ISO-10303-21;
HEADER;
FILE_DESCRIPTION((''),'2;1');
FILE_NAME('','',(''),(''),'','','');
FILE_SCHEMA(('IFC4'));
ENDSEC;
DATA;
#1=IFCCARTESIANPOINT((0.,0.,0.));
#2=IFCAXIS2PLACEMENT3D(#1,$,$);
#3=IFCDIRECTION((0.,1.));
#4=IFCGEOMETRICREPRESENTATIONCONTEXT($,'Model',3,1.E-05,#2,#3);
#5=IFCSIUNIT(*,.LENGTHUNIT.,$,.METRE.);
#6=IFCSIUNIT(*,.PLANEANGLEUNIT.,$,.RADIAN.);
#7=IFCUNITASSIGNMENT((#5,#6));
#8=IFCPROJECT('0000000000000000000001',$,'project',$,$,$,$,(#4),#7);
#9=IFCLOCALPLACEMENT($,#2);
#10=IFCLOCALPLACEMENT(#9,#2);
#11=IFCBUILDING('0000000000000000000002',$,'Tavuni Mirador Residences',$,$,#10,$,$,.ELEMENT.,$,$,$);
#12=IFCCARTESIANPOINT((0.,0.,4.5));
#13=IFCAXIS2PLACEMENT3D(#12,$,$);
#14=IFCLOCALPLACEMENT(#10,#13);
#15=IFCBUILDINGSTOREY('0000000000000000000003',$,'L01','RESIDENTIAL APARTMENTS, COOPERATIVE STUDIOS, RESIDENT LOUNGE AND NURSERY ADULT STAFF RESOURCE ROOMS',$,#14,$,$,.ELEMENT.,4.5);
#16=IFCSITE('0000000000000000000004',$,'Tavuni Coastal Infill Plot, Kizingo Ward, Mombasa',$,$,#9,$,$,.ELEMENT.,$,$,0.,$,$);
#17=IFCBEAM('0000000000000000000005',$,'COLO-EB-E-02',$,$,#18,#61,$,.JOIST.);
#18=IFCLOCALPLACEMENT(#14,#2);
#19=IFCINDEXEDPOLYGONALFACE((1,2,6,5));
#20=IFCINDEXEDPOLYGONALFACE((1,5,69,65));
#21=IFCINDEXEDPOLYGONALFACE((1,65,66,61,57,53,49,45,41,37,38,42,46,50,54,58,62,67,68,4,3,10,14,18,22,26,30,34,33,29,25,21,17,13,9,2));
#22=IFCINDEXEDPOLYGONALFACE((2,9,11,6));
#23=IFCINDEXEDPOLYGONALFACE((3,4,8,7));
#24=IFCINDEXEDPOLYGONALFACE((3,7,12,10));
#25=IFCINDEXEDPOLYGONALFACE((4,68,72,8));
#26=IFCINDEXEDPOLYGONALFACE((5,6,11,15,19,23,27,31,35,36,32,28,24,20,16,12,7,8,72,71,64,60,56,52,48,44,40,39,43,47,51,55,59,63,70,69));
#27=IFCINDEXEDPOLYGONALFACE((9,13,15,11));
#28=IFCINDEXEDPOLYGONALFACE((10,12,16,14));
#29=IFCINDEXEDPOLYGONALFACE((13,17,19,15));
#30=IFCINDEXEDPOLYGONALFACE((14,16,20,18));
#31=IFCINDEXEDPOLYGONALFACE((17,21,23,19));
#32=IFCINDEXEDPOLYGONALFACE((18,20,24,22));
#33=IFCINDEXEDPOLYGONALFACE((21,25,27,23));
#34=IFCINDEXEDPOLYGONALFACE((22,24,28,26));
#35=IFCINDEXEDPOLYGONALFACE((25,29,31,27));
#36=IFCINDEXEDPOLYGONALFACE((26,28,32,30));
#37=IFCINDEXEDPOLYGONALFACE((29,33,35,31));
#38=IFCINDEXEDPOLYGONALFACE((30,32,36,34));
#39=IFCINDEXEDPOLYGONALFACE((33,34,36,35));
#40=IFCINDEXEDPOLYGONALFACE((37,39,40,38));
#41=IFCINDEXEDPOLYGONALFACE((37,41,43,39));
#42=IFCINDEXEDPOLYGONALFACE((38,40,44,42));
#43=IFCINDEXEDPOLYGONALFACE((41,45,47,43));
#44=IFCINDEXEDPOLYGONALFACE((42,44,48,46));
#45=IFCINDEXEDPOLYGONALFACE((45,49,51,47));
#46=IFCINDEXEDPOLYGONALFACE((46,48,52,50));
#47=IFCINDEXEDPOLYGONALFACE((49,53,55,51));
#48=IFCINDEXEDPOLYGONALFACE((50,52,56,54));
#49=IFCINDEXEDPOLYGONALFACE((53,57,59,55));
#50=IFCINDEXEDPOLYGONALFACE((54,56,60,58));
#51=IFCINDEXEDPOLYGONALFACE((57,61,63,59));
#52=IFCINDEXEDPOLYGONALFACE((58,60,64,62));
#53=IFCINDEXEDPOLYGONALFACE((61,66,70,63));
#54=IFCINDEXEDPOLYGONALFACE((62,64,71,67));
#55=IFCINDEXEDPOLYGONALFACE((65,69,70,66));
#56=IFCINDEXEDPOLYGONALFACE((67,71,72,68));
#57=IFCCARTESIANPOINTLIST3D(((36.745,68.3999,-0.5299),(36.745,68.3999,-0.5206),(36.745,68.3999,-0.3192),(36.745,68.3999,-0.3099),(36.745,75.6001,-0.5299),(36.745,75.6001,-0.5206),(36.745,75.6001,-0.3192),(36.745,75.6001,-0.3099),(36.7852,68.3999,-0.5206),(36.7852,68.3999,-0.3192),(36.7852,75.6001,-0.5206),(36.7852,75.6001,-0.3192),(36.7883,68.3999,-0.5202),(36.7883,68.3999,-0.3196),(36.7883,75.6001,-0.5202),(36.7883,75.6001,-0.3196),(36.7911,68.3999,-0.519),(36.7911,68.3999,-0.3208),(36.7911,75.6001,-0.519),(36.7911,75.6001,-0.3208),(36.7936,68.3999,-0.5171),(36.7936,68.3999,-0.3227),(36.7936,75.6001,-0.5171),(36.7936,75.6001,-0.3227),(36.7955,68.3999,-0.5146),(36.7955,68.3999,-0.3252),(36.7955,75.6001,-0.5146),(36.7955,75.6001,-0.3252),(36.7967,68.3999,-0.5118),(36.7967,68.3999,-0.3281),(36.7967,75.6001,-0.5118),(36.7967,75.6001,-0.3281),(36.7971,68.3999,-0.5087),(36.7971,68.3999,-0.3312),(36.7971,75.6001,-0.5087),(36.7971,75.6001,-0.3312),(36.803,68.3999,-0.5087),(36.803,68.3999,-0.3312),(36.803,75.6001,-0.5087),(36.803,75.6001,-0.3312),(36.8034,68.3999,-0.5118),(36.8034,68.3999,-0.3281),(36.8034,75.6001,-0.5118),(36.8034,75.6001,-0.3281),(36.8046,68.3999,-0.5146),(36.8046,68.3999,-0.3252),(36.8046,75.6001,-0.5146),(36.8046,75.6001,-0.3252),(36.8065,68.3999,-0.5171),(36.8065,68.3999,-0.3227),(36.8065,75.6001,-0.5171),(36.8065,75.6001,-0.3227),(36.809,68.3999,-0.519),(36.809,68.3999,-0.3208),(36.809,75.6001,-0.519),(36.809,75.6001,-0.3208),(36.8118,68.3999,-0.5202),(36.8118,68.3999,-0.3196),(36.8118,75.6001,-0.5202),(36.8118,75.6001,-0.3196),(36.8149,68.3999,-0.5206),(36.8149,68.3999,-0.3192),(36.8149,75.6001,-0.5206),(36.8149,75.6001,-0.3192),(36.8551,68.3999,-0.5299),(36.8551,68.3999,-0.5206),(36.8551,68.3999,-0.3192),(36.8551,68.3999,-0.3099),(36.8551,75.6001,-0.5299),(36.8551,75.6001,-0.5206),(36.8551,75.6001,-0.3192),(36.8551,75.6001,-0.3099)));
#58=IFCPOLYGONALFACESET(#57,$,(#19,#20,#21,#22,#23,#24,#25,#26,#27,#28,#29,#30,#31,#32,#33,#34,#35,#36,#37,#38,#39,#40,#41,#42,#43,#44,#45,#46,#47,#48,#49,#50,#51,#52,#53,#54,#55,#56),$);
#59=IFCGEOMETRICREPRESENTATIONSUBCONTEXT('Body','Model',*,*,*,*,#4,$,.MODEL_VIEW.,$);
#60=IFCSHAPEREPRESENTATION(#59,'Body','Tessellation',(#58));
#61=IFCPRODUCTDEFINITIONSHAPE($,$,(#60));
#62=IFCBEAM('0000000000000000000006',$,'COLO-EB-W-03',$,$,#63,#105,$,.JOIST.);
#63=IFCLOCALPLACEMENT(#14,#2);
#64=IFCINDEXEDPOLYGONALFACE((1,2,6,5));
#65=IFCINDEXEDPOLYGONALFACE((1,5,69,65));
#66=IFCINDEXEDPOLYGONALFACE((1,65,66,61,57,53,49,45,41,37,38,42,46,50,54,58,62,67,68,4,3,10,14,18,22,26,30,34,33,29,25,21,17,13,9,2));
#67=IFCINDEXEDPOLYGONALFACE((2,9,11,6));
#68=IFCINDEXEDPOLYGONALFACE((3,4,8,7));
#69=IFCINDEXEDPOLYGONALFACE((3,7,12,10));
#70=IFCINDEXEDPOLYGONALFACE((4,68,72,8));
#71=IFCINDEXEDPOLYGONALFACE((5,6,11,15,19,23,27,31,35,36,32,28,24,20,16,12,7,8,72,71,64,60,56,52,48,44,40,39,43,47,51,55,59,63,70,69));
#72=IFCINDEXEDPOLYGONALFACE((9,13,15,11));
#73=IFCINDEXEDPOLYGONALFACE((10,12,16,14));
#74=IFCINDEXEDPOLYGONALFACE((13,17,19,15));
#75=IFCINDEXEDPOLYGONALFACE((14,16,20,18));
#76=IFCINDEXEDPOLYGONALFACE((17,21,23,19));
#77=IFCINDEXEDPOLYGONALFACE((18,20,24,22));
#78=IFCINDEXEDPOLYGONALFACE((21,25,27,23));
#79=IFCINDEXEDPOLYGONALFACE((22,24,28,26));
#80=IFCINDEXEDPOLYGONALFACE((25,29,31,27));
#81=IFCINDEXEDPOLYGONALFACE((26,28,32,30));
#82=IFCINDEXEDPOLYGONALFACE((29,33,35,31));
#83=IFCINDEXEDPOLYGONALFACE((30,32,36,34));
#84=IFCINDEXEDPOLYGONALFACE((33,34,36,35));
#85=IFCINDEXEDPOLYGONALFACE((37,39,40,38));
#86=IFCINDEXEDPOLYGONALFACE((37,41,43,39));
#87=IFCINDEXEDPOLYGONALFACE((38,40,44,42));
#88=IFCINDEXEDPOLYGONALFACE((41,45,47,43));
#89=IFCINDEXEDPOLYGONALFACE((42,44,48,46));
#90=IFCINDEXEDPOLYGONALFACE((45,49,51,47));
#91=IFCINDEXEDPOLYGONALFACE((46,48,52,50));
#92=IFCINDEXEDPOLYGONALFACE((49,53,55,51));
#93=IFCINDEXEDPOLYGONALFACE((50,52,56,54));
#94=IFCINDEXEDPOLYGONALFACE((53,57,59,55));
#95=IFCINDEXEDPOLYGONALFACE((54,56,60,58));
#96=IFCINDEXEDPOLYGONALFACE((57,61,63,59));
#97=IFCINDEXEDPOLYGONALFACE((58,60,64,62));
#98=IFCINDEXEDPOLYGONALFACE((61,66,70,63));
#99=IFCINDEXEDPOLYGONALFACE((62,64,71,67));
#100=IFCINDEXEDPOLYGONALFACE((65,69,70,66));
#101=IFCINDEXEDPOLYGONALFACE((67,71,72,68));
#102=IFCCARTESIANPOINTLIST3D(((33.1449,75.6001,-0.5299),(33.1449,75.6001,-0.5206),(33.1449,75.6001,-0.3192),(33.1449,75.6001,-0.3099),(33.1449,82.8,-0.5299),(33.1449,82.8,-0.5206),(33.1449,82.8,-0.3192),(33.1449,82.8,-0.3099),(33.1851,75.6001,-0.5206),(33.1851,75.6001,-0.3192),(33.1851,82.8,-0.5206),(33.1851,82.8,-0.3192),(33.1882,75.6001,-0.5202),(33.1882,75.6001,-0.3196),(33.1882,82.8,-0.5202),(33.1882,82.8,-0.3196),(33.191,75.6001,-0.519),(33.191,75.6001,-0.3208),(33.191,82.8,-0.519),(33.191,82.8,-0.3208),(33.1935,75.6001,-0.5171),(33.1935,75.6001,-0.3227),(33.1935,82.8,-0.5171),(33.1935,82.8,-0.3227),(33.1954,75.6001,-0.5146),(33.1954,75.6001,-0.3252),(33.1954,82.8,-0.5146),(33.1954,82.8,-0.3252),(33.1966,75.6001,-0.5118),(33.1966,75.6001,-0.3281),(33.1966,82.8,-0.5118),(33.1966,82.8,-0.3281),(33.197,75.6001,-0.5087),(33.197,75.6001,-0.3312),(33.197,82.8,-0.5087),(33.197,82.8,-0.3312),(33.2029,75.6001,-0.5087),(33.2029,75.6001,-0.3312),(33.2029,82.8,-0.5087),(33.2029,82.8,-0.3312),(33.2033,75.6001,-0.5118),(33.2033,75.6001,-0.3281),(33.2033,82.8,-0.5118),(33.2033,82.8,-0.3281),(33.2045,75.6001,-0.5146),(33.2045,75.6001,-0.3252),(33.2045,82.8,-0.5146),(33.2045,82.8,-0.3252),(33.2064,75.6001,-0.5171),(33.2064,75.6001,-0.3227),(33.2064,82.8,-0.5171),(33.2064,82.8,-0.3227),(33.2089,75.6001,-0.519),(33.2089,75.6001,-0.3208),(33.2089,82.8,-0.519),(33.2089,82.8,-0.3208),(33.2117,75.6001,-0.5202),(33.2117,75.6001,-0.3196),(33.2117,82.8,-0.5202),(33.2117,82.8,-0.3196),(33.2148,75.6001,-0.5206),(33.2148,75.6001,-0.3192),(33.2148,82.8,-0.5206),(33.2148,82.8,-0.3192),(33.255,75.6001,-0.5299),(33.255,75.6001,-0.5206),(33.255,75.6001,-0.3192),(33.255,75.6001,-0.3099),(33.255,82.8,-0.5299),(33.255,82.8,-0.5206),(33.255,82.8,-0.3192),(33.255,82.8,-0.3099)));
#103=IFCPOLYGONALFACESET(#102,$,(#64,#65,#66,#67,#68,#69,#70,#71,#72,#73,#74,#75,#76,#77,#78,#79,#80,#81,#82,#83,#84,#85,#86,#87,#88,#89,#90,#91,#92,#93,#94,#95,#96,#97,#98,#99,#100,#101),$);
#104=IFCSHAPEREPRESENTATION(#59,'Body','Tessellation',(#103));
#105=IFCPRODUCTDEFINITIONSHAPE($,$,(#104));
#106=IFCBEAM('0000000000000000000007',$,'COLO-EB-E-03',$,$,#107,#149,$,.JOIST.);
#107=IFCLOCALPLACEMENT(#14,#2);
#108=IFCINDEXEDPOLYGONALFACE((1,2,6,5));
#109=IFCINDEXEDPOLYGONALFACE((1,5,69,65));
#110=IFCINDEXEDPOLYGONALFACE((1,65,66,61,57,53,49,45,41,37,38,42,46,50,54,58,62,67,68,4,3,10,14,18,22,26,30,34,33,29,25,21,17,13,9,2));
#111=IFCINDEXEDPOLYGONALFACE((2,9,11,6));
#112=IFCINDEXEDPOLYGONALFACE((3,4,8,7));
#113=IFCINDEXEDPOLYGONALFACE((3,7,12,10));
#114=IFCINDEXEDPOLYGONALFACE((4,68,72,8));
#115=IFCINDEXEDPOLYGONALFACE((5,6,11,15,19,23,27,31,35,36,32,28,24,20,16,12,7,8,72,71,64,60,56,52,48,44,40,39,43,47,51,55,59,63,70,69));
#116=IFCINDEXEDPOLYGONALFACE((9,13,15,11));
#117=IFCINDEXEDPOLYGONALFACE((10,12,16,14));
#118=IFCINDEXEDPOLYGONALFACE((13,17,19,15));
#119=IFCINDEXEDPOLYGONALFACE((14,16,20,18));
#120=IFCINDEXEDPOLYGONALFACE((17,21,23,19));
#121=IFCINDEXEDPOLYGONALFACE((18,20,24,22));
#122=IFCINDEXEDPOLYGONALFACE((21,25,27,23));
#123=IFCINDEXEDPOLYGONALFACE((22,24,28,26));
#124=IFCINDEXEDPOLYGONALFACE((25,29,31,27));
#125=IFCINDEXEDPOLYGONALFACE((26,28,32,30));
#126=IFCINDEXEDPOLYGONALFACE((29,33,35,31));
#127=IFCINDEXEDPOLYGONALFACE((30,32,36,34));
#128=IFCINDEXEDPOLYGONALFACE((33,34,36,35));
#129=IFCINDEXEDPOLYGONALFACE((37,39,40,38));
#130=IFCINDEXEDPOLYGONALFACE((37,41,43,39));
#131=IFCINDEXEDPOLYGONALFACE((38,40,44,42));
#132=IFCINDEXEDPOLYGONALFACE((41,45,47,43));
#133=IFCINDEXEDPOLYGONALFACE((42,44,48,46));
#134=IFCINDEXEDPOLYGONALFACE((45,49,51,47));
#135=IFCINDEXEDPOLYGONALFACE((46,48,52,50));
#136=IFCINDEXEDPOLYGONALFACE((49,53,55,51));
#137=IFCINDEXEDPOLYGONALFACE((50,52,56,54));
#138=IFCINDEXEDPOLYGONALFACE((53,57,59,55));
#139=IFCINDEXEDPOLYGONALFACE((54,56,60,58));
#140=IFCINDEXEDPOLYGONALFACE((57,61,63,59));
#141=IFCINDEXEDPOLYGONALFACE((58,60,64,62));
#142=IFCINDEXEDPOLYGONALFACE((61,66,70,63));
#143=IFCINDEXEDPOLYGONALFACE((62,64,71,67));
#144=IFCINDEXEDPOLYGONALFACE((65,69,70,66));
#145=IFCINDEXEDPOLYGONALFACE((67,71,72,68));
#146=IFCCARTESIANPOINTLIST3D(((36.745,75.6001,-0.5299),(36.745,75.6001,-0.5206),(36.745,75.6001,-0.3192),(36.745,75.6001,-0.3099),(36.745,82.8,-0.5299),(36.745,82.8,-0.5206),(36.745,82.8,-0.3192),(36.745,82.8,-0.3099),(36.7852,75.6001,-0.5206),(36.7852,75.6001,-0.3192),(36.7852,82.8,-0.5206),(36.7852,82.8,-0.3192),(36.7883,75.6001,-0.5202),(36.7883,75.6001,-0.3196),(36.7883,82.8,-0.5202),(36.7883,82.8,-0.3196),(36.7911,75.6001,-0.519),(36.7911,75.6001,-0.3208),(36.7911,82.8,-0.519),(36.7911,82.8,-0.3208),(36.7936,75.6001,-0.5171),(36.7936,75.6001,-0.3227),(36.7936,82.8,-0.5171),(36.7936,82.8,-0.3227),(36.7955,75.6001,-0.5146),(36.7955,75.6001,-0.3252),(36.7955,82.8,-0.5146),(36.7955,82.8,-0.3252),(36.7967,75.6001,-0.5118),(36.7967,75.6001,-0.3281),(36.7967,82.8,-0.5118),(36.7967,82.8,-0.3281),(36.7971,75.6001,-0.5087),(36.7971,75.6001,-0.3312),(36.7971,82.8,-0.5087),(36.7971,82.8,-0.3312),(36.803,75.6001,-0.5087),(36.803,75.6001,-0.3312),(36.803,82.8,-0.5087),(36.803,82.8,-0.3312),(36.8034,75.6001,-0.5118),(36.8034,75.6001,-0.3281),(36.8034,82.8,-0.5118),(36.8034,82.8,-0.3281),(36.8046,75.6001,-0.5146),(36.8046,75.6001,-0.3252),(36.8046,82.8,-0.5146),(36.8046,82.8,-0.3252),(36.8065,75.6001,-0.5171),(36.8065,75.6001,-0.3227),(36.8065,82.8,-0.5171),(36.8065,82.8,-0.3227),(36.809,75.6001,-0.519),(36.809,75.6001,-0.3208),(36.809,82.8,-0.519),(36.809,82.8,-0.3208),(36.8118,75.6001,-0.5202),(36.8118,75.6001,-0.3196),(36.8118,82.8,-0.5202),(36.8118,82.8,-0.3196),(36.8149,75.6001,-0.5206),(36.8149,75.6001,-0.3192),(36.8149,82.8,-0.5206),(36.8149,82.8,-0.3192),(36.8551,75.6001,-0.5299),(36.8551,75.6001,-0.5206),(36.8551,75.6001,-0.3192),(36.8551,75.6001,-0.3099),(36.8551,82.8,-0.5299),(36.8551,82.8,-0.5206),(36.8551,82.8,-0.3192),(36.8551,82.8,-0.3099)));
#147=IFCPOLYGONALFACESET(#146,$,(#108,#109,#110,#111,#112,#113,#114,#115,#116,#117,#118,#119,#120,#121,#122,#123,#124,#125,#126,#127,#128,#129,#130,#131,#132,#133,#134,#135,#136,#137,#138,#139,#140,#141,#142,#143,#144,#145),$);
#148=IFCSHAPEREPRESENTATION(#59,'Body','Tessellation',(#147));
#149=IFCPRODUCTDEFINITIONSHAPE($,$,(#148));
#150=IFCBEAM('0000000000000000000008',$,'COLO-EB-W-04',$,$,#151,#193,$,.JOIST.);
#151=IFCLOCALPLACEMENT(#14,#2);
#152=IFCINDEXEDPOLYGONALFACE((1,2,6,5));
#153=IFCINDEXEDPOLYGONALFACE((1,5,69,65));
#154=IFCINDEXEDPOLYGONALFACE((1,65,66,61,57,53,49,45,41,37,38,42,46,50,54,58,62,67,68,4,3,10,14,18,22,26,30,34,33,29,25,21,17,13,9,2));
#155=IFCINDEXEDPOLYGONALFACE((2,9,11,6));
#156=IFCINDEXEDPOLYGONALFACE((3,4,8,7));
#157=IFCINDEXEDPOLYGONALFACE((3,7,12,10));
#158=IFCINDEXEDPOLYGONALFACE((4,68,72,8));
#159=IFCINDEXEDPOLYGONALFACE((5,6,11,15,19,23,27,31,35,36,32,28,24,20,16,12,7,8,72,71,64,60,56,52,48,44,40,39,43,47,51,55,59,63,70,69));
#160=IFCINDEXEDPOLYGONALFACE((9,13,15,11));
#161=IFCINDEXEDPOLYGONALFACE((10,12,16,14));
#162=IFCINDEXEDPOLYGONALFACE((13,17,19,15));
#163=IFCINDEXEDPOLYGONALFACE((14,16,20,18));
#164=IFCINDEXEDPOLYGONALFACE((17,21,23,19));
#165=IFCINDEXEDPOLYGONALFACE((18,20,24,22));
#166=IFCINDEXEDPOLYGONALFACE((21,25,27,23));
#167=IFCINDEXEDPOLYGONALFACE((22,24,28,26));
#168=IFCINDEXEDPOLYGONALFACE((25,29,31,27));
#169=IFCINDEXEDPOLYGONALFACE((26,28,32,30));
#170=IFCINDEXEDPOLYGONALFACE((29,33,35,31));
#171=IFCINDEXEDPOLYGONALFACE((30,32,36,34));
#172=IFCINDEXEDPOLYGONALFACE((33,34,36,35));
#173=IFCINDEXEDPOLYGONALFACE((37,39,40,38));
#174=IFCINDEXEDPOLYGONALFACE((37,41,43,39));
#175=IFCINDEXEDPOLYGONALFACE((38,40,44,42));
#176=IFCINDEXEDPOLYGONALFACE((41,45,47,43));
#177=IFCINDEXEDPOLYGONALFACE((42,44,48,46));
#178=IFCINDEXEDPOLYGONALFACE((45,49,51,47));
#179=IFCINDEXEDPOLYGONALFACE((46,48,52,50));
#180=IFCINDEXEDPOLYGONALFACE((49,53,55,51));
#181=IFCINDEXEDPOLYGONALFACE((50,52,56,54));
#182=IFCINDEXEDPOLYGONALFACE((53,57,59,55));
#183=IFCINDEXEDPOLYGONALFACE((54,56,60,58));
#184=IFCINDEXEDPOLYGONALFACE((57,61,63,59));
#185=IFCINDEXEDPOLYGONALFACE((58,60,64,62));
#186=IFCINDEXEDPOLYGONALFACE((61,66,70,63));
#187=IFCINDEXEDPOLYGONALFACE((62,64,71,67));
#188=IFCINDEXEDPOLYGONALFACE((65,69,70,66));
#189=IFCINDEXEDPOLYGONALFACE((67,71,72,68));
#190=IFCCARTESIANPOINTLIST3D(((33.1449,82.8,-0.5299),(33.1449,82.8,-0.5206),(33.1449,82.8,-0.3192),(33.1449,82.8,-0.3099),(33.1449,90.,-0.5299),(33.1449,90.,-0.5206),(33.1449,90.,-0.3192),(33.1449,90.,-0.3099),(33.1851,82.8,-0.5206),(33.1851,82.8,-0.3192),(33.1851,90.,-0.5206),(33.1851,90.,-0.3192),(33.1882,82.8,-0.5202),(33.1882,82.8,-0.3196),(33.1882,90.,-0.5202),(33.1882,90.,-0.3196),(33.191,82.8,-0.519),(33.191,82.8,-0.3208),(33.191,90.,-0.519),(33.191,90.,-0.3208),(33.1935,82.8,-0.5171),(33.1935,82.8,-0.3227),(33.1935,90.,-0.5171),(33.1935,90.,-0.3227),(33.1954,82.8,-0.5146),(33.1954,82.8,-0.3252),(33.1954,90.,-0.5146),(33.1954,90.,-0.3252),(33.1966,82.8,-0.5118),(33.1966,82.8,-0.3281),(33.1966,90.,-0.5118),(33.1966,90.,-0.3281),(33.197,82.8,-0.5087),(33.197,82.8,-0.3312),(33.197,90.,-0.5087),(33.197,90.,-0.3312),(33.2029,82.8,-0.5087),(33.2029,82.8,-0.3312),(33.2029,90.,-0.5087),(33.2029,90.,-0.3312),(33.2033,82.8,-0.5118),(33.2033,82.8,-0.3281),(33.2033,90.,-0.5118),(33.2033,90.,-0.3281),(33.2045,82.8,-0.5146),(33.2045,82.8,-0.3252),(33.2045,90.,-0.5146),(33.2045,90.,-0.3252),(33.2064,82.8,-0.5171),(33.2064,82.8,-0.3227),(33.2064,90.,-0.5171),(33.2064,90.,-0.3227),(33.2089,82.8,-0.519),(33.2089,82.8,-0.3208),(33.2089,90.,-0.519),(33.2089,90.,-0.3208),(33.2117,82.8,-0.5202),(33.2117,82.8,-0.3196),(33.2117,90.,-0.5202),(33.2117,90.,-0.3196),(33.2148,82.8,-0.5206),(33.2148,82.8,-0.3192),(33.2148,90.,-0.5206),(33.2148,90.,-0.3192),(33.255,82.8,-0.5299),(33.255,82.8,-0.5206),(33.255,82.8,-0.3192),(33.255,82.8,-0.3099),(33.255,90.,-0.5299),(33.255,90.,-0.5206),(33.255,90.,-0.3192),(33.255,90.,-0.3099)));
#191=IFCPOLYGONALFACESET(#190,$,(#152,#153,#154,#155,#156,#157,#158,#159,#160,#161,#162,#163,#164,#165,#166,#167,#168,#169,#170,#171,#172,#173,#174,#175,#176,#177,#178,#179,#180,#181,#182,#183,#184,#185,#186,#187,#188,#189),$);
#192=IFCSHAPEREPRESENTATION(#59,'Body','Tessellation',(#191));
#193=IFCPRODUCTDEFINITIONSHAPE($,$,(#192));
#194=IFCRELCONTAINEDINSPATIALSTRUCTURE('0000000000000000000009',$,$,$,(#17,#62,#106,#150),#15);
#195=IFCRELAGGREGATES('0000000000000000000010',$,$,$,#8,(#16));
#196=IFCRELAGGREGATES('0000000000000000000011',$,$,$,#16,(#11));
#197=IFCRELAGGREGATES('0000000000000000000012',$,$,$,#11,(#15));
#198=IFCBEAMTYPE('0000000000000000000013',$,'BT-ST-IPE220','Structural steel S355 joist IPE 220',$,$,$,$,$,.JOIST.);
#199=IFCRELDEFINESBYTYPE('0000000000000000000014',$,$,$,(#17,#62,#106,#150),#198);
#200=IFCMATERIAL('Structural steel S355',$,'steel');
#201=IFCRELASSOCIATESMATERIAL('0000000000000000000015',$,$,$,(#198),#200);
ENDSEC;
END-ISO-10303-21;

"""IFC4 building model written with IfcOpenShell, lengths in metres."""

from ifc_helpers import new_model, si_unit, direction, frame, origin, origin_2d, place, context, subcontext, project, spatial, i_section, extrude, material, material_profile, profile_set, type_object, element, save


model = new_model("IFC4")

# Units and contexts
model_context = context("Model", 3, precision=1e-05, world=origin(), true_north=direction((0.0, 1.0)))
body_context = subcontext(model_context, "Body", "Model", "MODEL_VIEW")
ifc_project = project(units=[si_unit("LENGTHUNIT", "METRE"), si_unit("PLANEANGLEUNIT", "RADIAN")], contexts=[model_context])

# Site, building, storey
site_placement = place(None, origin())
site = spatial("IfcSite", under=ifc_project, at=site_placement, Name="Tavuni Coastal Infill Plot, Kizingo Ward, Mombasa", CompositionType="ELEMENT", RefElevation=0.0)
building_placement = place(site_placement, origin())
building = spatial("IfcBuilding", under=site, at=building_placement, Name="Tavuni Mirador Residences", CompositionType="ELEMENT")
storey_placement = place(building_placement, frame((0.0, 0.0, 4.5)))
storey = spatial("IfcBuildingStorey", under=building, at=storey_placement, Name="L01", Description="RESIDENTIAL APARTMENTS, COOPERATIVE STUDIOS, RESIDENT LOUNGE AND NURSERY ADULT STAFF RESOURCE ROOMS", CompositionType="ELEMENT", Elevation=4.5)

# Beams
ifc_material = material(Name="Structural steel S355", Category="steel")
ifc_material_profile_1 = material_profile(ifc_material, i_section(OverallWidth=0.1101, OverallDepth=0.22, WebThickness=0.0059, FlangeThickness=0.0093, FilletRadius=0.012, at=origin_2d()), Name="IPE 220", Category="steel")
ifc_profile_set_1 = profile_set([ifc_material_profile_1], Name="Structural steel S355")
beam_type_1 = type_object("IfcBeamType", Name="BT-ST-IPE220", Description="Structural steel S355 joist IPE 220", PredefinedType="JOIST", material=ifc_profile_set_1)
for number, where, z_axis, x_axis, name in (
    (1, (36.8, 68.3999, -0.4199), (0.0, 1.0, 0.0), (-1.0, 0.0, 0.0), "COLO-EB-E-02"),
):
    element("IfcBeam", number, at=place(storey_placement, frame(where, z_axis=z_axis, x_axis=x_axis)), inside=storey, type_object=beam_type_1, Name=name, PredefinedType="JOIST", context=body_context, shape_type="SweptSolid", body=[
        extrude(i_section(OverallWidth=0.1101, OverallDepth=0.22, WebThickness=0.0059, FlangeThickness=0.0093, FilletRadius=0.012, at=origin_2d()), origin(), (0.0, 0.0, 1.0), 7.2002),
    ])
for number, where, z_axis, x_axis, name in (
    (2, (33.2, 75.6001, -0.4199), (0.0, 1.0, 0.0), (-1.0, 0.0, 0.0), "COLO-EB-W-03"),
    (3, (36.8, 75.6001, -0.4199), (0.0, 1.0, 0.0), (-1.0, 0.0, 0.0), "COLO-EB-E-03"),
    (4, (33.2, 82.8, -0.4199), (0.0, 1.0, 0.0), (-1.0, 0.0, 0.0), "COLO-EB-W-04"),
):
    element("IfcBeam", number, at=place(storey_placement, frame(where, z_axis=z_axis, x_axis=x_axis)), inside=storey, type_object=beam_type_1, Name=name, PredefinedType="JOIST", context=body_context, shape_type="SweptSolid", body=[
        extrude(i_section(OverallWidth=0.1101, OverallDepth=0.22, WebThickness=0.0059, FlangeThickness=0.0093, FilletRadius=0.012, at=origin_2d()), origin(), (0.0, 0.0, 1.0), 7.2),
    ])

save(model, "model.ifc")
